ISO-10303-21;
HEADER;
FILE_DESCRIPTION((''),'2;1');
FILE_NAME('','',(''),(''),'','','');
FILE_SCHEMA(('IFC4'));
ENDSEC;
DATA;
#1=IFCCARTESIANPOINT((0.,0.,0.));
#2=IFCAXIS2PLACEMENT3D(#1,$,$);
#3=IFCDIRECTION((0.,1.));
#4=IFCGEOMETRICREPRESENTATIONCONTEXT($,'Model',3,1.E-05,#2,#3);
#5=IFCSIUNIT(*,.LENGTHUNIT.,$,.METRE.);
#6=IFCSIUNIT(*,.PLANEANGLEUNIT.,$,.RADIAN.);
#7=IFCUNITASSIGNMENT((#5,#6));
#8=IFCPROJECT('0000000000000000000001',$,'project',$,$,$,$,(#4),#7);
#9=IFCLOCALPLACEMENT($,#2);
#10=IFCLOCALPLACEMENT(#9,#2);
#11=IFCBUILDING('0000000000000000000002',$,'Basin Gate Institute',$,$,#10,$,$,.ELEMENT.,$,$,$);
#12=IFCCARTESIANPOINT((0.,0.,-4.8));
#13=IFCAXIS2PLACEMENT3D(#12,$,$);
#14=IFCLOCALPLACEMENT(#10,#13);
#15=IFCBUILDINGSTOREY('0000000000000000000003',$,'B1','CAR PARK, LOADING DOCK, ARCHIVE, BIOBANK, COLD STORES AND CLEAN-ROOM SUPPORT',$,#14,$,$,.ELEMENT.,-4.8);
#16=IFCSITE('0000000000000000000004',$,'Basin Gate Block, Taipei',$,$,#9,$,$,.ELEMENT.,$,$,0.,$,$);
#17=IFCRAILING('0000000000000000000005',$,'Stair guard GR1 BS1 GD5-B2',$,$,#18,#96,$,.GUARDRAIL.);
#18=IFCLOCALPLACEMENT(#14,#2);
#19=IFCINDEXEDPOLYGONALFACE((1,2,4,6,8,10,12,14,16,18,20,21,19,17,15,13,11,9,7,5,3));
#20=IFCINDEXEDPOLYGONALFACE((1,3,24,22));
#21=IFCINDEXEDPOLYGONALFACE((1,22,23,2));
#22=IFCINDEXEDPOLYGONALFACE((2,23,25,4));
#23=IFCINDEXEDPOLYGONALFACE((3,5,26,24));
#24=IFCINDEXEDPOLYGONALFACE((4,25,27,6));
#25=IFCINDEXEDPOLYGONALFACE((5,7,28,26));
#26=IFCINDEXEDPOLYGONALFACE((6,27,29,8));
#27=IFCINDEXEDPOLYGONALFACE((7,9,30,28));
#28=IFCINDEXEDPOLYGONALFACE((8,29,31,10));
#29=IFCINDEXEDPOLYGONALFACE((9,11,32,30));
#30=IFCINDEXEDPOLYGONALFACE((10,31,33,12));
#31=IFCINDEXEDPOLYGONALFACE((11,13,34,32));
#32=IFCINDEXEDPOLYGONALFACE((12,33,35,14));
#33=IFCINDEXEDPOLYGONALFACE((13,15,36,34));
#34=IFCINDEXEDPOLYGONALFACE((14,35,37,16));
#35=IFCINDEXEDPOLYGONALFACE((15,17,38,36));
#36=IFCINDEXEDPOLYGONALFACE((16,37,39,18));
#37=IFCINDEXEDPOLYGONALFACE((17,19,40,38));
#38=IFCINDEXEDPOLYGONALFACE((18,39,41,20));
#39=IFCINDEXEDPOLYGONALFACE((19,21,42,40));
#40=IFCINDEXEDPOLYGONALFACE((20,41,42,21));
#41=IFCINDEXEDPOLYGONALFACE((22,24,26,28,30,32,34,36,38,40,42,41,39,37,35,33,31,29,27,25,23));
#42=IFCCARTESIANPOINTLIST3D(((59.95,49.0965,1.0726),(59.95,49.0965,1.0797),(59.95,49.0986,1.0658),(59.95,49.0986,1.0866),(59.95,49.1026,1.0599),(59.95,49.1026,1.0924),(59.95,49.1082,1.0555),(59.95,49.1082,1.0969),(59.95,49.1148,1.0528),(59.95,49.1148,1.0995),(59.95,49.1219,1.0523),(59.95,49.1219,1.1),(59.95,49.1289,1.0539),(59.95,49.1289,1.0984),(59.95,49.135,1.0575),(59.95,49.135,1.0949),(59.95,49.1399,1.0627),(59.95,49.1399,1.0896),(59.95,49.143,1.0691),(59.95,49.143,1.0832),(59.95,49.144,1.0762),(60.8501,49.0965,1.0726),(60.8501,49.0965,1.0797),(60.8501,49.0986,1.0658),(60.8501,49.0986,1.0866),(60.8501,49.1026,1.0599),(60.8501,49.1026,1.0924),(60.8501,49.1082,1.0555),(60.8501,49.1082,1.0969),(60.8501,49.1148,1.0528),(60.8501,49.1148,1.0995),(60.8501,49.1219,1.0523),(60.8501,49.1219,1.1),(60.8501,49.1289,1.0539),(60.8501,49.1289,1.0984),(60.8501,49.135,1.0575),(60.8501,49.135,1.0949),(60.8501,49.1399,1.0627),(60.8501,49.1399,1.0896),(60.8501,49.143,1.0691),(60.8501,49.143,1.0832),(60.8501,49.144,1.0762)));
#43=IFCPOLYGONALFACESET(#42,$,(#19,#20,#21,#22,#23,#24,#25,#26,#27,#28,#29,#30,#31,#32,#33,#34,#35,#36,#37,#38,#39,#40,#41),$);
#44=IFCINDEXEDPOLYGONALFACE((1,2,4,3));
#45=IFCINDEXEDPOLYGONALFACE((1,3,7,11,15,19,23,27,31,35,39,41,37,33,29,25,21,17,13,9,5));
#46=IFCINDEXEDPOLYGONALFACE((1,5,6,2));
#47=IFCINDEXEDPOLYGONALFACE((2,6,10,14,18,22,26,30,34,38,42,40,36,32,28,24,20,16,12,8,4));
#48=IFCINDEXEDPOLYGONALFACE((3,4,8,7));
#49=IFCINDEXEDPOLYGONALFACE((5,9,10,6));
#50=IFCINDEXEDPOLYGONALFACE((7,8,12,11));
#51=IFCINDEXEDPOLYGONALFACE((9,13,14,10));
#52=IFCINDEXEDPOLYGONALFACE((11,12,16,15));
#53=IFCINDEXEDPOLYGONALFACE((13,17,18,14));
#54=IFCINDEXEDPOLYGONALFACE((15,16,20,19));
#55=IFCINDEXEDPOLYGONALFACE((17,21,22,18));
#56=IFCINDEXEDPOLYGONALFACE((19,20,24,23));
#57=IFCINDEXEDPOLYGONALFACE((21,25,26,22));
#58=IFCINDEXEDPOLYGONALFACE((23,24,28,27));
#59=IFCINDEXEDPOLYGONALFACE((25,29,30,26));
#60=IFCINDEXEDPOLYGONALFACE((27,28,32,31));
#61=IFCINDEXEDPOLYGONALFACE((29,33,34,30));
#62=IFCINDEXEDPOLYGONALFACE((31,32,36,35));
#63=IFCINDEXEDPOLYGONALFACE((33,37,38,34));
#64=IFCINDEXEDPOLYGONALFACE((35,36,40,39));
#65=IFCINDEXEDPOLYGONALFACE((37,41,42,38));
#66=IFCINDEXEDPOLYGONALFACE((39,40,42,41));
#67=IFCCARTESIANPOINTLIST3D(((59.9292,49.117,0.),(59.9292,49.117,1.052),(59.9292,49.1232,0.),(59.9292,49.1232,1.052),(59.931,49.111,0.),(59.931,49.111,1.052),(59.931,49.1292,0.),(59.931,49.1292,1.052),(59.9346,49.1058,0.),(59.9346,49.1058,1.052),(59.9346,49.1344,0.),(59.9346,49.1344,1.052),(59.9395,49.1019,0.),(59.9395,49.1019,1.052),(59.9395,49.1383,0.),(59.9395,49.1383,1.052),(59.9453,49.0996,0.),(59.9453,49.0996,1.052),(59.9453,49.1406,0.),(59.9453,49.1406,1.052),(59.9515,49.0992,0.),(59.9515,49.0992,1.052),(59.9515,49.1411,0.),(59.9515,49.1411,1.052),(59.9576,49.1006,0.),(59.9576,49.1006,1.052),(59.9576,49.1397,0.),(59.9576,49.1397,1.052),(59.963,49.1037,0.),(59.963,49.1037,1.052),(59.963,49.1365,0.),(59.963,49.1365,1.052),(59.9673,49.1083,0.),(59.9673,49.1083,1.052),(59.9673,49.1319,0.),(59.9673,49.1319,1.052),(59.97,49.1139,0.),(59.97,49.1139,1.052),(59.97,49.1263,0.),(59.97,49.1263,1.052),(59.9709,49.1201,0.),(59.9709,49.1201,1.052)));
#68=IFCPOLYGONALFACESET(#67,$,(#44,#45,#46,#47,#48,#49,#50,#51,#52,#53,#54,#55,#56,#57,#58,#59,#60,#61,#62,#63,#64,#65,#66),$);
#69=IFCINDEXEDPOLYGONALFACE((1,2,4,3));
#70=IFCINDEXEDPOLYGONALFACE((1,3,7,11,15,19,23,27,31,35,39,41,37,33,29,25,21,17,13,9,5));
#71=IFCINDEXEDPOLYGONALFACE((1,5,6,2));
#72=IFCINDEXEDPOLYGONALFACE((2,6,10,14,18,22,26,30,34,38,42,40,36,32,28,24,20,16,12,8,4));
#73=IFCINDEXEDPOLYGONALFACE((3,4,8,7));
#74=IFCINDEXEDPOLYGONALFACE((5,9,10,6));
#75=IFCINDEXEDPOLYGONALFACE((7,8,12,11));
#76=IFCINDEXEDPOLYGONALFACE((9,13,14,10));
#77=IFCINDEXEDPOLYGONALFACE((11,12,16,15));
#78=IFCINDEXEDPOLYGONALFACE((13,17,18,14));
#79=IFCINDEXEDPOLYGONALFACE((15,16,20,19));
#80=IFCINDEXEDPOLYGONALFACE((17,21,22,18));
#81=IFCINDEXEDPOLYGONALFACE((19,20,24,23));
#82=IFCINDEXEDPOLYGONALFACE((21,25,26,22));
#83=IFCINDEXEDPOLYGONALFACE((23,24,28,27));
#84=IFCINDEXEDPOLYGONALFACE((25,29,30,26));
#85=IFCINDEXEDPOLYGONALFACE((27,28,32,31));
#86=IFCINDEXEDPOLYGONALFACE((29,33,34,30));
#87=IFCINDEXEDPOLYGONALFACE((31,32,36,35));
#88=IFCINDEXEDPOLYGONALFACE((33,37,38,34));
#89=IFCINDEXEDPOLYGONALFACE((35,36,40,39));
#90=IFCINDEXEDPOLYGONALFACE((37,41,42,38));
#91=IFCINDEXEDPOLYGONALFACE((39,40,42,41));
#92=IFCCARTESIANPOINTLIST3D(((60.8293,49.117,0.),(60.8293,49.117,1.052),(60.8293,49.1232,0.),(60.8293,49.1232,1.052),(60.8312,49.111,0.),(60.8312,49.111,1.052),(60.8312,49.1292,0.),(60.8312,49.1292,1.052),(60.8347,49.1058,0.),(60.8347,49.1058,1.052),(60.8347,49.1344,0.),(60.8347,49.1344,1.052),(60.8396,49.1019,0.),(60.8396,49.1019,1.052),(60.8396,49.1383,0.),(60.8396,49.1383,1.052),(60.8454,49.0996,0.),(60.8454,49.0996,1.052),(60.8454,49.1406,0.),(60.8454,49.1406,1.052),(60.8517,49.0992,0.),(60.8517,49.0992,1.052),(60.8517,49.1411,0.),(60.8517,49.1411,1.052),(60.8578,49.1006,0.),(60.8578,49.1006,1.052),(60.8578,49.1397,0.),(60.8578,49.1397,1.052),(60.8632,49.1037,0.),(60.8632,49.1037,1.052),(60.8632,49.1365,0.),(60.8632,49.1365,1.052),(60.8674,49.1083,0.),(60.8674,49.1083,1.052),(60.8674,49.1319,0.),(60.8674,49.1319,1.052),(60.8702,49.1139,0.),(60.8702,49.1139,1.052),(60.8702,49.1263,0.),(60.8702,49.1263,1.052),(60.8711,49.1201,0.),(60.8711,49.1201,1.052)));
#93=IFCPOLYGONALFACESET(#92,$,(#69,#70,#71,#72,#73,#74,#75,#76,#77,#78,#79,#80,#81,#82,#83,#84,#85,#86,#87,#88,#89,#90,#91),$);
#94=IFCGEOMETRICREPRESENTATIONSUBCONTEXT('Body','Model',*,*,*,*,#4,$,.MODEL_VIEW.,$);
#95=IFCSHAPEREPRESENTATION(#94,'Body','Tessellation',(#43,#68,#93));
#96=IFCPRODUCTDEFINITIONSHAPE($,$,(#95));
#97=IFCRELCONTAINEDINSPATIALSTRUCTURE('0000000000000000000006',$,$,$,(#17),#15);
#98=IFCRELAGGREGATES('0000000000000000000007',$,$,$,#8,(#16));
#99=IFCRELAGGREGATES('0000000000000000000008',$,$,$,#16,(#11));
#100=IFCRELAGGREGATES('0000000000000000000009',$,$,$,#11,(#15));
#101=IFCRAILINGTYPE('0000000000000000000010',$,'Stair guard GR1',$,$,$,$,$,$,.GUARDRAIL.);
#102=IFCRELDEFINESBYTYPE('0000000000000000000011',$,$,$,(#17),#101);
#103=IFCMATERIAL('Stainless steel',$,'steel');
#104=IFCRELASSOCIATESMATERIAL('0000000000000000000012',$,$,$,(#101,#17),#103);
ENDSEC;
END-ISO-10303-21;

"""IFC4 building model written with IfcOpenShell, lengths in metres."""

from ifc_helpers import new_model, si_unit, direction, frame, origin, origin_2d, place, context, subcontext, project, spatial, circle, extrude, material, type_object, element, save


model = new_model("IFC4")

# Units and contexts
model_context = context("Model", 3, precision=1e-05, world=origin(), true_north=direction((0.0, 1.0)))
body_context = subcontext(model_context, "Body", "Model", "MODEL_VIEW")
ifc_project = project(units=[si_unit("LENGTHUNIT", "METRE"), si_unit("PLANEANGLEUNIT", "RADIAN")], contexts=[model_context])

# Site, building, storey
site_placement = place(None, origin())
site = spatial("IfcSite", under=ifc_project, at=site_placement, Name="Basin Gate Block, Taipei", CompositionType="ELEMENT", RefElevation=0.0)
building_placement = place(site_placement, origin())
building = spatial("IfcBuilding", under=site, at=building_placement, Name="Basin Gate Institute", CompositionType="ELEMENT")
storey_placement = place(building_placement, frame((0.0, 0.0, -4.8)))
storey = spatial("IfcBuildingStorey", under=building, at=storey_placement, Name="B1", Description="CAR PARK, LOADING DOCK, ARCHIVE, BIOBANK, COLD STORES AND CLEAN-ROOM SUPPORT", CompositionType="ELEMENT", Elevation=-4.8)

# Railing
ifc_material_1 = material(Name="Stainless steel", Category="steel")
railing_type_1 = type_object("IfcRailingType", Name="Stair guard GR1", PredefinedType="GUARDRAIL", material=ifc_material_1)
railing_1_placement = place(storey_placement, frame((59.95, 49.1201, 0.0)))
element("IfcRailing", 1, at=railing_1_placement, inside=storey, type_object=railing_type_1, material=ifc_material_1, Name="Stair guard GR1 BS1 GD5-B2", PredefinedType="GUARDRAIL", context=body_context, shape_type="SweptSolid", body=[
    extrude(circle(Radius=0.0239, at=origin_2d()), frame((0.0, 0.0, 1.0762), z_axis=(1.0, 0.0, 0.0), x_axis=(0.0, 1.0, 0.0)), (0.0, 0.0, 1.0), 0.9001),
    extrude(circle(Radius=0.021, at=origin_2d()), origin(), (0.0, 0.0, 1.0), 1.052),
    extrude(circle(Radius=0.021, at=origin_2d()), frame((0.9001, 0.0, 0.0)), (0.0, 0.0, 1.0), 1.052),
])

save(model, "model.ifc")
